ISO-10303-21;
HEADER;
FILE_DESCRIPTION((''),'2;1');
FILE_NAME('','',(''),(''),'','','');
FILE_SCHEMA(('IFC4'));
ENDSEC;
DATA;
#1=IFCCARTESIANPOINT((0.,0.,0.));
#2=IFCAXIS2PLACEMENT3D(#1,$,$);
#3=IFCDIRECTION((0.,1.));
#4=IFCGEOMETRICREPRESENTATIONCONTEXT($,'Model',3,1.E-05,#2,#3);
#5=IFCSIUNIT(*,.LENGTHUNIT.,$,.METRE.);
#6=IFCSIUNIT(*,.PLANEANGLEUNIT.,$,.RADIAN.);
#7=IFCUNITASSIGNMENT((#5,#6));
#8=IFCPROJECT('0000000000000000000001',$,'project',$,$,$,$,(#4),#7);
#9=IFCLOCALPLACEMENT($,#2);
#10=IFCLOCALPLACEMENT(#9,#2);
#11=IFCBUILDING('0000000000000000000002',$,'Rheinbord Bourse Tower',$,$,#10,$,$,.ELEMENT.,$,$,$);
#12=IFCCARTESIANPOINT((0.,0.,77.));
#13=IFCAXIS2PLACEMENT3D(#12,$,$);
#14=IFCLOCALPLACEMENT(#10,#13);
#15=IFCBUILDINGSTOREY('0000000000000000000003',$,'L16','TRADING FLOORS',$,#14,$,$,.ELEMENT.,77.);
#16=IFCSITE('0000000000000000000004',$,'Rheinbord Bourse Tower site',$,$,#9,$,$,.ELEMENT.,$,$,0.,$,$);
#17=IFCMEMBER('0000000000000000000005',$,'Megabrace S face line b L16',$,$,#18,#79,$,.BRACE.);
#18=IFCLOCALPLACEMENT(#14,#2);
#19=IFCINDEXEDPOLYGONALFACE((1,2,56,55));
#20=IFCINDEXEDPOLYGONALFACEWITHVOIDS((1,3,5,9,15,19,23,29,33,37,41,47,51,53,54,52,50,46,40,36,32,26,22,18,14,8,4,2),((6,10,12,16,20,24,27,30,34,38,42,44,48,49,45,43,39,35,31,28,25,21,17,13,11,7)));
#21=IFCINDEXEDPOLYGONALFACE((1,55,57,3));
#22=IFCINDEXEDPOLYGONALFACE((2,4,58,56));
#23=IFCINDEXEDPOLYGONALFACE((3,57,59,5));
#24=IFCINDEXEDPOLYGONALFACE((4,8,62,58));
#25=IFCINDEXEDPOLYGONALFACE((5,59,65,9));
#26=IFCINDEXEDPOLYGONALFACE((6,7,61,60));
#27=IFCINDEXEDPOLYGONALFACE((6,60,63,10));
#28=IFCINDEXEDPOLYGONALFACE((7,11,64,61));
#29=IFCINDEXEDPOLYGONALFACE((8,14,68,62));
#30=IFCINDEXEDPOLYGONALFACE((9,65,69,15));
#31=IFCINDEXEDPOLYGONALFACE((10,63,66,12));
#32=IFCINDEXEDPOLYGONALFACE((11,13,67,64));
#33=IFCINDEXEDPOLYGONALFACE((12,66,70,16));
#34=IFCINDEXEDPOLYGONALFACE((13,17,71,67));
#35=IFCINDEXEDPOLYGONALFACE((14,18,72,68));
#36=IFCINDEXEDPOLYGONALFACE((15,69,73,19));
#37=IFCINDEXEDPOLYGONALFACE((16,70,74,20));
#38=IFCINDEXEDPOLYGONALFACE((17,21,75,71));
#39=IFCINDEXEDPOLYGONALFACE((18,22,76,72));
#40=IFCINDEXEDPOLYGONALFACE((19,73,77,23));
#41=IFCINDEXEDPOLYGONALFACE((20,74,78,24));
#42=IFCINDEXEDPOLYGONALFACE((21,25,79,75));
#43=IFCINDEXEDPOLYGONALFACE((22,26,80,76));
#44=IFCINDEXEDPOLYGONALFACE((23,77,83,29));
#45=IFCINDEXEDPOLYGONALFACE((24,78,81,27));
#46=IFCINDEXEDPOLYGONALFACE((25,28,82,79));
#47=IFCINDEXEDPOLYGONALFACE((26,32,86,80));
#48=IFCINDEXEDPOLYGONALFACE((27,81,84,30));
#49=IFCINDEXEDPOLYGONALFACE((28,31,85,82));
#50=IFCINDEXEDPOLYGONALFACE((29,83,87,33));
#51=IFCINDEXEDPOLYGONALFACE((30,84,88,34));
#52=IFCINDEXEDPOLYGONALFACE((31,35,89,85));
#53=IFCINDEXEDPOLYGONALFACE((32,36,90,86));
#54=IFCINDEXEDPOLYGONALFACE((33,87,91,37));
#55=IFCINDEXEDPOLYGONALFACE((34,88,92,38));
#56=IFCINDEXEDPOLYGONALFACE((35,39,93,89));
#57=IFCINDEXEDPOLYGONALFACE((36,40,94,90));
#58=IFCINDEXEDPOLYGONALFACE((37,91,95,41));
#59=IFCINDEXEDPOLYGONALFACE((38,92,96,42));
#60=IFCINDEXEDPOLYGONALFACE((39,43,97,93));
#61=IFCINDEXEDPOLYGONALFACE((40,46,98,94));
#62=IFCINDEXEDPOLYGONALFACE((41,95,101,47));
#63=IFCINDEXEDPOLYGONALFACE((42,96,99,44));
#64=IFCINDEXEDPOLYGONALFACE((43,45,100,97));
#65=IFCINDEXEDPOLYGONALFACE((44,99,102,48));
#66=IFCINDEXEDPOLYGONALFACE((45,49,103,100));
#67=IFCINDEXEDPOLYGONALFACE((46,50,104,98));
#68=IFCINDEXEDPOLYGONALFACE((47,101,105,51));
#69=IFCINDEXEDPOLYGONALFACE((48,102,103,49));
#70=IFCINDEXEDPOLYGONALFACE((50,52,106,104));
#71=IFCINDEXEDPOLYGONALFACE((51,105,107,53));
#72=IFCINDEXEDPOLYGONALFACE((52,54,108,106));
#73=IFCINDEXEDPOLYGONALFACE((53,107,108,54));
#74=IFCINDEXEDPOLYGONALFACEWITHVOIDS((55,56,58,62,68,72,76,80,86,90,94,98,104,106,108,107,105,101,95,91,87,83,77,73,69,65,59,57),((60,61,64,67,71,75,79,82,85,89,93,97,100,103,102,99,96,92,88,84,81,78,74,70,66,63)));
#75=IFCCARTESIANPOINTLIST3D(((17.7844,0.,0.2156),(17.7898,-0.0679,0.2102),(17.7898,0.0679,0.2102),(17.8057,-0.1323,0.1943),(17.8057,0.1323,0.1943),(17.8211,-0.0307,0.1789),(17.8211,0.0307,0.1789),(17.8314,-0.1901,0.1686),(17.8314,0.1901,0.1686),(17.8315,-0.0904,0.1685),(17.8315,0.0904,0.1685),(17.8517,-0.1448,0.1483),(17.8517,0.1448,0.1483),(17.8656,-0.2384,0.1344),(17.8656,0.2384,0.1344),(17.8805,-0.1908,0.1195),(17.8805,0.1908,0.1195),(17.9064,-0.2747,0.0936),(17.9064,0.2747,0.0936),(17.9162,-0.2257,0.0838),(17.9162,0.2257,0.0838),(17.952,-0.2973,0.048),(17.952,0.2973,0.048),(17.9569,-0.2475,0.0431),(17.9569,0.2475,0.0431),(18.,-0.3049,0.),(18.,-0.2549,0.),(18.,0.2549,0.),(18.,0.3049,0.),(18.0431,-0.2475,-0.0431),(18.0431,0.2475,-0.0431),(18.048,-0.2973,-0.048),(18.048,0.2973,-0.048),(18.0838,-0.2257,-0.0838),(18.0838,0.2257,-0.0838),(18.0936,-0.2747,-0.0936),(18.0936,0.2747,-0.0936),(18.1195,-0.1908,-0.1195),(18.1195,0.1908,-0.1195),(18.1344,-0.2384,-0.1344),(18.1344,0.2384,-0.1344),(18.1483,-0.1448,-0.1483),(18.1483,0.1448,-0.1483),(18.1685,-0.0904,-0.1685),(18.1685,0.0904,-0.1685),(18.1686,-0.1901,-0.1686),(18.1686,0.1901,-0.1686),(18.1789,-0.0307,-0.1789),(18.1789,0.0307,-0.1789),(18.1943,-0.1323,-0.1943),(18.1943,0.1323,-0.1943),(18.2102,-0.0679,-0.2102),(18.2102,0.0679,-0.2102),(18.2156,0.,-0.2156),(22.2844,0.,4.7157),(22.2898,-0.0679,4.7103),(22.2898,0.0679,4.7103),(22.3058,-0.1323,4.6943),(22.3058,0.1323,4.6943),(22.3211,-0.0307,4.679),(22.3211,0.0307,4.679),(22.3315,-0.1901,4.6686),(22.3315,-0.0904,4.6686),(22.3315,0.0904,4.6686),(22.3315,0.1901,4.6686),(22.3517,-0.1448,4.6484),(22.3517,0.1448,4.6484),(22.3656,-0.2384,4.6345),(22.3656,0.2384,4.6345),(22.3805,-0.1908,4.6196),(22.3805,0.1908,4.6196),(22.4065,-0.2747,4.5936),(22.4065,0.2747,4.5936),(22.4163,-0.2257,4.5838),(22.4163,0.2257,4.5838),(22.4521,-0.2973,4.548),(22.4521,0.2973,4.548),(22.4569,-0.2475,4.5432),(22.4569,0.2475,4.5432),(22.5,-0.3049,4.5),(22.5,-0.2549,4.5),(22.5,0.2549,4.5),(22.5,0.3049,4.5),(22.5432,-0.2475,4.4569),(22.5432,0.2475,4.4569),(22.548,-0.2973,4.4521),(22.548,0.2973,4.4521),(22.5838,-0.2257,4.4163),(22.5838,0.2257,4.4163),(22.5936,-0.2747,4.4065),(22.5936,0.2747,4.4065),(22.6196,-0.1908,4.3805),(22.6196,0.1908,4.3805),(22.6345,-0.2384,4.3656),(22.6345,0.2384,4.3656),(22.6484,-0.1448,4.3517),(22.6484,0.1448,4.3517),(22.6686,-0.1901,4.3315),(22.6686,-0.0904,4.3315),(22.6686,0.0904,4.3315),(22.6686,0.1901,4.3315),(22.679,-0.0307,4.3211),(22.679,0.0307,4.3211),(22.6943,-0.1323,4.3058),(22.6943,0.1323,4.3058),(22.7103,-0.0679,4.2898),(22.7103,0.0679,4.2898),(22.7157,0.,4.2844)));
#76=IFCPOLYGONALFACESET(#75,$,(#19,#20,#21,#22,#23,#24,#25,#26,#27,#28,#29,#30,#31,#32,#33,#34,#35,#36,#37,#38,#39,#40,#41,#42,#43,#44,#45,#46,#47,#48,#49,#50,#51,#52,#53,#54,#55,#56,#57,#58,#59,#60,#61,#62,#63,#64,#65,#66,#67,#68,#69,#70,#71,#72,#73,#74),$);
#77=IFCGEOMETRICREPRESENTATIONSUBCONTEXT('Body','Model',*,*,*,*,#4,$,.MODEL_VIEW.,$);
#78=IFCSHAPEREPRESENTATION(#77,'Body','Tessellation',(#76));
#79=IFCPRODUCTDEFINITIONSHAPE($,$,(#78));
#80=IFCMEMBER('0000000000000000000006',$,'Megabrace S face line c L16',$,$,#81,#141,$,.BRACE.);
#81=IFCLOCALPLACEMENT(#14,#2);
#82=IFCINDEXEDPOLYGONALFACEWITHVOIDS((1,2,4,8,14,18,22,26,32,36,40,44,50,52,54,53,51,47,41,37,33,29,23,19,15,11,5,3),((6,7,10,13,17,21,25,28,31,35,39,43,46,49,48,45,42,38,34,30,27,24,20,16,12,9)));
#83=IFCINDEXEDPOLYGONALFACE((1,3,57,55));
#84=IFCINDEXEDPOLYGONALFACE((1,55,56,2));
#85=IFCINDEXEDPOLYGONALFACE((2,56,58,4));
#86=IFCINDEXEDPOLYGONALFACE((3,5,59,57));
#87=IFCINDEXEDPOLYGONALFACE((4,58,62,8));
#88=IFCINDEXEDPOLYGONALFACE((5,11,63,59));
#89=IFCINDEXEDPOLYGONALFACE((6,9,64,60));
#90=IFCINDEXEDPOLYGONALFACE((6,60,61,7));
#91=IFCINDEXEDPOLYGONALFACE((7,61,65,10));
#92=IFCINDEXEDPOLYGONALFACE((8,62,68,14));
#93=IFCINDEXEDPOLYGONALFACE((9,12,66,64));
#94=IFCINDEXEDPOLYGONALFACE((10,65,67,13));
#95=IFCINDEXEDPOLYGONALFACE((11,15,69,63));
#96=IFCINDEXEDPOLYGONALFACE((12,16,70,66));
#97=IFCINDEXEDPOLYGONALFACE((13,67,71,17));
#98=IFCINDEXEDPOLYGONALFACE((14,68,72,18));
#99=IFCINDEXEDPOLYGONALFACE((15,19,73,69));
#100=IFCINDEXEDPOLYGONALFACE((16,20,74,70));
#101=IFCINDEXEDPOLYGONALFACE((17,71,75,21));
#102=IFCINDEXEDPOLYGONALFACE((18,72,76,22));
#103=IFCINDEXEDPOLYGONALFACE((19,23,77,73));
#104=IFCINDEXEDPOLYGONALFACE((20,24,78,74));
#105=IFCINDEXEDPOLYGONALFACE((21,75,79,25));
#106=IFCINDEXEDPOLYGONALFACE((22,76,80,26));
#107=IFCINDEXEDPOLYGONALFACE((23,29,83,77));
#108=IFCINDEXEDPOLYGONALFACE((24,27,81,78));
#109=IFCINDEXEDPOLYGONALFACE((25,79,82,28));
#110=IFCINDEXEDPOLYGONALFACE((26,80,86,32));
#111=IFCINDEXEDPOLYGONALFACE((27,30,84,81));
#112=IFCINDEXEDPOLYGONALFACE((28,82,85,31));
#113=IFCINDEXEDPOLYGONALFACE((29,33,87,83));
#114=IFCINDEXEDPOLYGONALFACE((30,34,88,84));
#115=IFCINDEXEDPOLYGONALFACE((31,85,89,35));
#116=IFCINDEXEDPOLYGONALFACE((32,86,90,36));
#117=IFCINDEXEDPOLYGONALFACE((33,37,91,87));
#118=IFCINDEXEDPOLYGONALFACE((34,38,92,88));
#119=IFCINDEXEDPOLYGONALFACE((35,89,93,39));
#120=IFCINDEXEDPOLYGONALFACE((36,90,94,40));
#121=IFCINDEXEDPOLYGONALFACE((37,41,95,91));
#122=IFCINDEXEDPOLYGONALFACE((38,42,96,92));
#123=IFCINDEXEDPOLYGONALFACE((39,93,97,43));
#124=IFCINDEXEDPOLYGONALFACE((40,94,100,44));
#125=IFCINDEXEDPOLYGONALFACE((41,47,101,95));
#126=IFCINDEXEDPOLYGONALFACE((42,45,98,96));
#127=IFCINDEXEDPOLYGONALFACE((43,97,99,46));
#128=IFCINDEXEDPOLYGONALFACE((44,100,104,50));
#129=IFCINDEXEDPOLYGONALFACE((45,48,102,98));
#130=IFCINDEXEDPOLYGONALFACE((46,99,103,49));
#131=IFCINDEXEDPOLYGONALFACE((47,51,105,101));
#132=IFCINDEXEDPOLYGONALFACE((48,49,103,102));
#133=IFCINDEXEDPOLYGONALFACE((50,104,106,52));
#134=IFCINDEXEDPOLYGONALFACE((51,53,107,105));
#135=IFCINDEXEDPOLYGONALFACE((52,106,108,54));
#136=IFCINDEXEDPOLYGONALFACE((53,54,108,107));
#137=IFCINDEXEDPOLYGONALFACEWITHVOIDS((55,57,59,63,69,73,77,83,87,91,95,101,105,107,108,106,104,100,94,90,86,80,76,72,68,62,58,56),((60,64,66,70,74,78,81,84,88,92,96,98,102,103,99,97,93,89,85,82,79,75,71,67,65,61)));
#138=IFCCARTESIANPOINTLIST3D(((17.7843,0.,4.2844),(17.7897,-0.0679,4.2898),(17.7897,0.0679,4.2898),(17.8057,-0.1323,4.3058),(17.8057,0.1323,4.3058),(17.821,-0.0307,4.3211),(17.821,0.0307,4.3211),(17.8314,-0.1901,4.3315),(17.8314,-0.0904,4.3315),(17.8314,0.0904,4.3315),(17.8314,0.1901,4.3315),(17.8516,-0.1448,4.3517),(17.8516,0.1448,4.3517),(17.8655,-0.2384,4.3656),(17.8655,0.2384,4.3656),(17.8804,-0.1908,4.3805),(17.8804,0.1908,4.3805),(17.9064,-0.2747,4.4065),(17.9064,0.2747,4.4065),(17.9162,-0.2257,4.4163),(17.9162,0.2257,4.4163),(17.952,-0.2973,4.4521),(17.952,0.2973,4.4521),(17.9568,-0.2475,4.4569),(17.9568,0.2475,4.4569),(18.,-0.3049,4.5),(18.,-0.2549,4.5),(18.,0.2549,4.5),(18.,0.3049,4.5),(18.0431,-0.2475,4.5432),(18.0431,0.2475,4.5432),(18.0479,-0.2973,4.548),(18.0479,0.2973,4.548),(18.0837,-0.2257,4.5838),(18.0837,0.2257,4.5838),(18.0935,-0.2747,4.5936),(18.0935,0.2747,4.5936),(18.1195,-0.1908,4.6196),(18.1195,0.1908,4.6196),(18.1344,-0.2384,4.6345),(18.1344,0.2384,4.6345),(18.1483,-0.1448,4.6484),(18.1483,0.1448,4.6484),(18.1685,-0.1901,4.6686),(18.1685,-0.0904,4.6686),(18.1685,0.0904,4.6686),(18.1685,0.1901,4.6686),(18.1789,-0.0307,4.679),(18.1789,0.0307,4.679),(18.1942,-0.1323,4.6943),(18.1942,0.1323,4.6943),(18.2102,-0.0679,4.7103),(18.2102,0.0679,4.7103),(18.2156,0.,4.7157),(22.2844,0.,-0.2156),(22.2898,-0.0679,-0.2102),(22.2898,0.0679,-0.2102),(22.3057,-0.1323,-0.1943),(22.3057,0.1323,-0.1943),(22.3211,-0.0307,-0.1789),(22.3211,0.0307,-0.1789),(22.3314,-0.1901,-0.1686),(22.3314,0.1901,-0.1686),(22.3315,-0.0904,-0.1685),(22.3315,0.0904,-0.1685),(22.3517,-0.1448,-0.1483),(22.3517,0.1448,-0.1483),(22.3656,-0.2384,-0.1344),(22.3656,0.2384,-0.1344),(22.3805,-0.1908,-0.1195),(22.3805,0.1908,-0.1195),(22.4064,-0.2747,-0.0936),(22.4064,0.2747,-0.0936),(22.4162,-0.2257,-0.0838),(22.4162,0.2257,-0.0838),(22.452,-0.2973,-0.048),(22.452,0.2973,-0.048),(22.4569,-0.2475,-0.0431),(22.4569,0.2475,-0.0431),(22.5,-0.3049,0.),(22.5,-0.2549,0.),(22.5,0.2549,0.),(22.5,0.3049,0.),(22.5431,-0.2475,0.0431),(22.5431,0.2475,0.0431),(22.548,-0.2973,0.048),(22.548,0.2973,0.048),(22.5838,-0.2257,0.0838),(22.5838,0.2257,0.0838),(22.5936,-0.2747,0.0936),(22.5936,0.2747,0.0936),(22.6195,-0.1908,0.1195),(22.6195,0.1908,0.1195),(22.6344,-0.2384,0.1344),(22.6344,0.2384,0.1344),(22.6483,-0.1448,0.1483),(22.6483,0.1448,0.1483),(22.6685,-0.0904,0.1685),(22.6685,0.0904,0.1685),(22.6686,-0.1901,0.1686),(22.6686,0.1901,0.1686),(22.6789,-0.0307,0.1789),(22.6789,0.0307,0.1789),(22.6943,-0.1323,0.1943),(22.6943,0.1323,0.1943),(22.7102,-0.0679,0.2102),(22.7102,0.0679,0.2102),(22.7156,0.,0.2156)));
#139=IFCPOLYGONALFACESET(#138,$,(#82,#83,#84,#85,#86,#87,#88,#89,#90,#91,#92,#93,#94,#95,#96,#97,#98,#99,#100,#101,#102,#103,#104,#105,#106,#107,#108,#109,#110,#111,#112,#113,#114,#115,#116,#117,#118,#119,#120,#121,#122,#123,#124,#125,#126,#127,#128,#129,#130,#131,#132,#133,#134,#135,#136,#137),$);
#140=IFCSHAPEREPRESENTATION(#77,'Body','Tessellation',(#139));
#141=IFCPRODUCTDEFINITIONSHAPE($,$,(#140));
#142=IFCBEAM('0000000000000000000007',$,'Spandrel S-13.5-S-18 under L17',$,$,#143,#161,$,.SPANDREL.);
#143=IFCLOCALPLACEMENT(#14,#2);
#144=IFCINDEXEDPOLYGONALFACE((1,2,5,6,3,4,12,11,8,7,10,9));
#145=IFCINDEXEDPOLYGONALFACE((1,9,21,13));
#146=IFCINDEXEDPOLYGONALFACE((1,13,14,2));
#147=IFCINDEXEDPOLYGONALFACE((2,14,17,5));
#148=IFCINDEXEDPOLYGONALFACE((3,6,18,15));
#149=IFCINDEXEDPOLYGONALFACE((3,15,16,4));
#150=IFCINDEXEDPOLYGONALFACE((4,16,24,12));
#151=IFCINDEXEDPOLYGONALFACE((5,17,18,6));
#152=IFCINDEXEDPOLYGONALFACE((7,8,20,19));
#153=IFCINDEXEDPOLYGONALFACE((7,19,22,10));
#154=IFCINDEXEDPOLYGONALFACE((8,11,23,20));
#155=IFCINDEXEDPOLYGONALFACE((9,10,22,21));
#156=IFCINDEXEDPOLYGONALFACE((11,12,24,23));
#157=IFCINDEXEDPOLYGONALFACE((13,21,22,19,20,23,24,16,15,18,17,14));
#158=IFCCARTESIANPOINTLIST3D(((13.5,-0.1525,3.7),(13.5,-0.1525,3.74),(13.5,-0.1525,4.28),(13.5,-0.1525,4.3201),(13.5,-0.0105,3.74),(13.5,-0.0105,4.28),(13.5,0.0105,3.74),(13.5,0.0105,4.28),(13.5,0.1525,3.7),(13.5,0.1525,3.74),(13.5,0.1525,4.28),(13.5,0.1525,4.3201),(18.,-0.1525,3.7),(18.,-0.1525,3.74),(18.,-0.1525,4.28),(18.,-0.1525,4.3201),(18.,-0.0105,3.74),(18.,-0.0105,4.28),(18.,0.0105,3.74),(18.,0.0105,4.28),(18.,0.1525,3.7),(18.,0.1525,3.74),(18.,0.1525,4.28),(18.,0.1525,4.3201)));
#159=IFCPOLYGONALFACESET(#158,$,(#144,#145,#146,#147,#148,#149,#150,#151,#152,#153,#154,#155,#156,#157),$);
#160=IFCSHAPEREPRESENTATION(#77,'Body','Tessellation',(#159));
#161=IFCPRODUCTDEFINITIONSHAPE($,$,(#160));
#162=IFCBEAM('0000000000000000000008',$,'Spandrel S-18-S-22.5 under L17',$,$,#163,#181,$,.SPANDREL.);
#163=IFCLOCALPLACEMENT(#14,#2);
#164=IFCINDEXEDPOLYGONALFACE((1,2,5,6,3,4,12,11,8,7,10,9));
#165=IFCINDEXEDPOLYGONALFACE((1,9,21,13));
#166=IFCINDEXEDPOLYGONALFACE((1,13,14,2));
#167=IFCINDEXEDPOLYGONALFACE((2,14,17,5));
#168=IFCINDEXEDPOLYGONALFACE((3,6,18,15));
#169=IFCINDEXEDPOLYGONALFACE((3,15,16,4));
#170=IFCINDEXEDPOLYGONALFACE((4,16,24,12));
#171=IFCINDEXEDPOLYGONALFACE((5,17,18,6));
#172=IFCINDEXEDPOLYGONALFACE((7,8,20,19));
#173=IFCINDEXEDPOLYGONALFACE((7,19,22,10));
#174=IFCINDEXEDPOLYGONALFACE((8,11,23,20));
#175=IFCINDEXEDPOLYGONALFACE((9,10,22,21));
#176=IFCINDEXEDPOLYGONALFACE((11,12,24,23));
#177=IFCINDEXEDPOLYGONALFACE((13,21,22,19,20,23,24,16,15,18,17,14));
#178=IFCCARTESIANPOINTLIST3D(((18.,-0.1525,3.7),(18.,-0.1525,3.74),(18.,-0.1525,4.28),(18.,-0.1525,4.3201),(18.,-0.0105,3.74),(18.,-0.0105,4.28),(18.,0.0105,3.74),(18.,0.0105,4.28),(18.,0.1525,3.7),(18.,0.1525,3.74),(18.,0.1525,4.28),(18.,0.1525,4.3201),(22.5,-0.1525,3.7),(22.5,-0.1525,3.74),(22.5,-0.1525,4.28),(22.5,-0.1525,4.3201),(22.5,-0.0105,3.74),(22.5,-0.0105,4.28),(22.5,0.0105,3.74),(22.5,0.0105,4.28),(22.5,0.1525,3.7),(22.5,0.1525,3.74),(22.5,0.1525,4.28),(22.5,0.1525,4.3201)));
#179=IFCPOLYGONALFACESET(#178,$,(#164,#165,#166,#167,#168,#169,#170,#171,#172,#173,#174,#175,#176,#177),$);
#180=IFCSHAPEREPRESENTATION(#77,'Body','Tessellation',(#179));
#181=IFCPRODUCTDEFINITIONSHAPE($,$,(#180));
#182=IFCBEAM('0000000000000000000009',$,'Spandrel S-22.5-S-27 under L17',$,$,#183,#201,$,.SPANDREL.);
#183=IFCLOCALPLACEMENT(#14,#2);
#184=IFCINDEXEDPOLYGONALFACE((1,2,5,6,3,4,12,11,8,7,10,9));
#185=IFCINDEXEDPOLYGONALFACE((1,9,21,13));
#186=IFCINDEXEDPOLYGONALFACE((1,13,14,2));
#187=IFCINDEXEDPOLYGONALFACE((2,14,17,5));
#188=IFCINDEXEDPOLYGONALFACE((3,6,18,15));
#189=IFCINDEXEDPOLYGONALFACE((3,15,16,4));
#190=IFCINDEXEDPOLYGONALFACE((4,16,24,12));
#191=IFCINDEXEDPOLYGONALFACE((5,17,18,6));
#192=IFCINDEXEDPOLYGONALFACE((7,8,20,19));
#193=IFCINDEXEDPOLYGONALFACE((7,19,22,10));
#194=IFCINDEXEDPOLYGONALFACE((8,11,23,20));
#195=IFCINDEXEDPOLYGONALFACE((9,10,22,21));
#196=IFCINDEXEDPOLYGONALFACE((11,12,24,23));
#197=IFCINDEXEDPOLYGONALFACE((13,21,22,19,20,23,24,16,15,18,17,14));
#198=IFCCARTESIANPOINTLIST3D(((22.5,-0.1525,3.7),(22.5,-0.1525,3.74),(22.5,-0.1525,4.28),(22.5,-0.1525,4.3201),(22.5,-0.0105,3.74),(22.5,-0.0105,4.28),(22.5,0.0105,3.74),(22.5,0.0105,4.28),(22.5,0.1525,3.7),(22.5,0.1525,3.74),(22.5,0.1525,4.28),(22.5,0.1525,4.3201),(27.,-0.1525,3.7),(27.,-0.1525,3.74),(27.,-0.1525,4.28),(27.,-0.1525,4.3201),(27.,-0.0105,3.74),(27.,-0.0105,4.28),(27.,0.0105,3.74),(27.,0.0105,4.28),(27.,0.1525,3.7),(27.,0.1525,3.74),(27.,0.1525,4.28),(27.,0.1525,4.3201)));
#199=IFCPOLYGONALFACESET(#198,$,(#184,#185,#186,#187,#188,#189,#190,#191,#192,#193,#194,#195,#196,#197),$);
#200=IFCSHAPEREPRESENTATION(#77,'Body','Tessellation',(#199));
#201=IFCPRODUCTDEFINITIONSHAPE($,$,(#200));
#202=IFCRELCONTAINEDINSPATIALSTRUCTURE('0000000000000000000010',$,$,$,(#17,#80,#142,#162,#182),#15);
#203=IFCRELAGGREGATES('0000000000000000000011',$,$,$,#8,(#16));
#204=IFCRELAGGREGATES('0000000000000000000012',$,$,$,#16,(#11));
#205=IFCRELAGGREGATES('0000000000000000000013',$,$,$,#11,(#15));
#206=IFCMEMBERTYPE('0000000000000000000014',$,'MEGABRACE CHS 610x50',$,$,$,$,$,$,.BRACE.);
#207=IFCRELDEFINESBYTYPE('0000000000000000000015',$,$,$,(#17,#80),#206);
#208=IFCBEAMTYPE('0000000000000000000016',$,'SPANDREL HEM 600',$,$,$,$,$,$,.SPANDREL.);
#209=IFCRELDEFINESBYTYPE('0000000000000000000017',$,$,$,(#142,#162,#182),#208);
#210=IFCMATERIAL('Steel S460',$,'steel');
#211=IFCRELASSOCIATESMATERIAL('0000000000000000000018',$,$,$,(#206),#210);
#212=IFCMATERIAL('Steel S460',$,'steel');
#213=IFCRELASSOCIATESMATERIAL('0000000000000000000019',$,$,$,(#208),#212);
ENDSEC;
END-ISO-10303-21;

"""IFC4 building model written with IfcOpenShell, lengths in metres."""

from ifc_helpers import new_model, si_unit, direction, frame, origin, origin_2d, place, context, subcontext, project, spatial, hollow_circle, i_section, extrude, material, material_profile, profile_set, type_object, element, save


model = new_model("IFC4")

# Units and contexts
model_context = context("Model", 3, precision=1e-05, world=origin(), true_north=direction((0.0, 1.0)))
body_context = subcontext(model_context, "Body", "Model", "MODEL_VIEW")
ifc_project = project(units=[si_unit("LENGTHUNIT", "METRE"), si_unit("PLANEANGLEUNIT", "RADIAN")], contexts=[model_context])

# Site, building, storey
site_placement = place(None, origin())
site = spatial("IfcSite", under=ifc_project, at=site_placement, Name="Rheinbord Bourse Tower site", CompositionType="ELEMENT", RefElevation=0.0)
building_placement = place(site_placement, origin())
building = spatial("IfcBuilding", under=site, at=building_placement, Name="Rheinbord Bourse Tower", CompositionType="ELEMENT")
storey_placement = place(building_placement, frame((0.0, 0.0, 77.0)))
storey = spatial("IfcBuildingStorey", under=building, at=storey_placement, Name="L16", Description="TRADING FLOORS", CompositionType="ELEMENT", Elevation=77.0)

# Members
ifc_material_1 = material(Name="Steel S460", Category="steel")
ifc_material_profile_1 = material_profile(ifc_material_1, hollow_circle(Radius=0.3049, WallThickness=0.05, at=origin_2d()), Name="CHS 610x50")
ifc_profile_set_1 = profile_set([ifc_material_profile_1], Name="Steel S460")
member_type_1 = type_object("IfcMemberType", Name="MEGABRACE CHS 610x50", PredefinedType="BRACE", material=ifc_profile_set_1)
for number, where, z_axis, x_axis, name in (
    (1, (18.0, 0.0, 0.0), (0.707107, 0.0, 0.707107), (0.0, 1.0, 0.0), "Megabrace S face line b L16"),
    (2, (22.5, 0.0, 0.0), (-0.707107, 0.0, 0.707107), (0.0, -1.0, 0.0), "Megabrace S face line c L16"),
):
    element("IfcMember", number, at=place(storey_placement, frame(where, z_axis=z_axis, x_axis=x_axis)), inside=storey, type_object=member_type_1, Name=name, PredefinedType="BRACE", context=body_context, shape_type="SweptSolid", body=[
        extrude(hollow_circle(Radius=0.3049, WallThickness=0.05, at=origin_2d()), origin(), (0.0, 0.0, 1.0), 6.364),
    ])

# Beams
ifc_material_2 = material(Name="Steel S460", Category="steel")
ifc_material_profile_2 = material_profile(ifc_material_2, i_section(OverallWidth=0.3049, OverallDepth=0.6201, WebThickness=0.021, FlangeThickness=0.04, at=origin_2d()), Name="HEM 600")
ifc_profile_set_2 = profile_set([ifc_material_profile_2], Name="Steel S460")
beam_type_1 = type_object("IfcBeamType", Name="SPANDREL HEM 600", PredefinedType="SPANDREL", material=ifc_profile_set_2)
for number, where, z_axis, x_axis, name in (
    (3, (13.5, 0.0, 4.01), (1.0, 0.0, 0.0), (0.0, 1.0, 0.0), "Spandrel S-13.5-S-18 under L17"),
    (4, (18.0, 0.0, 4.01), (1.0, 0.0, 0.0), (0.0, 1.0, 0.0), "Spandrel S-18-S-22.5 under L17"),
    (5, (22.5, 0.0, 4.01), (1.0, 0.0, 0.0), (0.0, 1.0, 0.0), "Spandrel S-22.5-S-27 under L17"),
):
    element("IfcBeam", number, at=place(storey_placement, frame(where, z_axis=z_axis, x_axis=x_axis)), inside=storey, type_object=beam_type_1, Name=name, PredefinedType="SPANDREL", context=body_context, shape_type="SweptSolid", body=[
        extrude(i_section(OverallWidth=0.3049, OverallDepth=0.6201, WebThickness=0.021, FlangeThickness=0.04, at=origin_2d()), origin(), (0.0, 0.0, 1.0), 4.5),
    ])

save(model, "model.ifc")
